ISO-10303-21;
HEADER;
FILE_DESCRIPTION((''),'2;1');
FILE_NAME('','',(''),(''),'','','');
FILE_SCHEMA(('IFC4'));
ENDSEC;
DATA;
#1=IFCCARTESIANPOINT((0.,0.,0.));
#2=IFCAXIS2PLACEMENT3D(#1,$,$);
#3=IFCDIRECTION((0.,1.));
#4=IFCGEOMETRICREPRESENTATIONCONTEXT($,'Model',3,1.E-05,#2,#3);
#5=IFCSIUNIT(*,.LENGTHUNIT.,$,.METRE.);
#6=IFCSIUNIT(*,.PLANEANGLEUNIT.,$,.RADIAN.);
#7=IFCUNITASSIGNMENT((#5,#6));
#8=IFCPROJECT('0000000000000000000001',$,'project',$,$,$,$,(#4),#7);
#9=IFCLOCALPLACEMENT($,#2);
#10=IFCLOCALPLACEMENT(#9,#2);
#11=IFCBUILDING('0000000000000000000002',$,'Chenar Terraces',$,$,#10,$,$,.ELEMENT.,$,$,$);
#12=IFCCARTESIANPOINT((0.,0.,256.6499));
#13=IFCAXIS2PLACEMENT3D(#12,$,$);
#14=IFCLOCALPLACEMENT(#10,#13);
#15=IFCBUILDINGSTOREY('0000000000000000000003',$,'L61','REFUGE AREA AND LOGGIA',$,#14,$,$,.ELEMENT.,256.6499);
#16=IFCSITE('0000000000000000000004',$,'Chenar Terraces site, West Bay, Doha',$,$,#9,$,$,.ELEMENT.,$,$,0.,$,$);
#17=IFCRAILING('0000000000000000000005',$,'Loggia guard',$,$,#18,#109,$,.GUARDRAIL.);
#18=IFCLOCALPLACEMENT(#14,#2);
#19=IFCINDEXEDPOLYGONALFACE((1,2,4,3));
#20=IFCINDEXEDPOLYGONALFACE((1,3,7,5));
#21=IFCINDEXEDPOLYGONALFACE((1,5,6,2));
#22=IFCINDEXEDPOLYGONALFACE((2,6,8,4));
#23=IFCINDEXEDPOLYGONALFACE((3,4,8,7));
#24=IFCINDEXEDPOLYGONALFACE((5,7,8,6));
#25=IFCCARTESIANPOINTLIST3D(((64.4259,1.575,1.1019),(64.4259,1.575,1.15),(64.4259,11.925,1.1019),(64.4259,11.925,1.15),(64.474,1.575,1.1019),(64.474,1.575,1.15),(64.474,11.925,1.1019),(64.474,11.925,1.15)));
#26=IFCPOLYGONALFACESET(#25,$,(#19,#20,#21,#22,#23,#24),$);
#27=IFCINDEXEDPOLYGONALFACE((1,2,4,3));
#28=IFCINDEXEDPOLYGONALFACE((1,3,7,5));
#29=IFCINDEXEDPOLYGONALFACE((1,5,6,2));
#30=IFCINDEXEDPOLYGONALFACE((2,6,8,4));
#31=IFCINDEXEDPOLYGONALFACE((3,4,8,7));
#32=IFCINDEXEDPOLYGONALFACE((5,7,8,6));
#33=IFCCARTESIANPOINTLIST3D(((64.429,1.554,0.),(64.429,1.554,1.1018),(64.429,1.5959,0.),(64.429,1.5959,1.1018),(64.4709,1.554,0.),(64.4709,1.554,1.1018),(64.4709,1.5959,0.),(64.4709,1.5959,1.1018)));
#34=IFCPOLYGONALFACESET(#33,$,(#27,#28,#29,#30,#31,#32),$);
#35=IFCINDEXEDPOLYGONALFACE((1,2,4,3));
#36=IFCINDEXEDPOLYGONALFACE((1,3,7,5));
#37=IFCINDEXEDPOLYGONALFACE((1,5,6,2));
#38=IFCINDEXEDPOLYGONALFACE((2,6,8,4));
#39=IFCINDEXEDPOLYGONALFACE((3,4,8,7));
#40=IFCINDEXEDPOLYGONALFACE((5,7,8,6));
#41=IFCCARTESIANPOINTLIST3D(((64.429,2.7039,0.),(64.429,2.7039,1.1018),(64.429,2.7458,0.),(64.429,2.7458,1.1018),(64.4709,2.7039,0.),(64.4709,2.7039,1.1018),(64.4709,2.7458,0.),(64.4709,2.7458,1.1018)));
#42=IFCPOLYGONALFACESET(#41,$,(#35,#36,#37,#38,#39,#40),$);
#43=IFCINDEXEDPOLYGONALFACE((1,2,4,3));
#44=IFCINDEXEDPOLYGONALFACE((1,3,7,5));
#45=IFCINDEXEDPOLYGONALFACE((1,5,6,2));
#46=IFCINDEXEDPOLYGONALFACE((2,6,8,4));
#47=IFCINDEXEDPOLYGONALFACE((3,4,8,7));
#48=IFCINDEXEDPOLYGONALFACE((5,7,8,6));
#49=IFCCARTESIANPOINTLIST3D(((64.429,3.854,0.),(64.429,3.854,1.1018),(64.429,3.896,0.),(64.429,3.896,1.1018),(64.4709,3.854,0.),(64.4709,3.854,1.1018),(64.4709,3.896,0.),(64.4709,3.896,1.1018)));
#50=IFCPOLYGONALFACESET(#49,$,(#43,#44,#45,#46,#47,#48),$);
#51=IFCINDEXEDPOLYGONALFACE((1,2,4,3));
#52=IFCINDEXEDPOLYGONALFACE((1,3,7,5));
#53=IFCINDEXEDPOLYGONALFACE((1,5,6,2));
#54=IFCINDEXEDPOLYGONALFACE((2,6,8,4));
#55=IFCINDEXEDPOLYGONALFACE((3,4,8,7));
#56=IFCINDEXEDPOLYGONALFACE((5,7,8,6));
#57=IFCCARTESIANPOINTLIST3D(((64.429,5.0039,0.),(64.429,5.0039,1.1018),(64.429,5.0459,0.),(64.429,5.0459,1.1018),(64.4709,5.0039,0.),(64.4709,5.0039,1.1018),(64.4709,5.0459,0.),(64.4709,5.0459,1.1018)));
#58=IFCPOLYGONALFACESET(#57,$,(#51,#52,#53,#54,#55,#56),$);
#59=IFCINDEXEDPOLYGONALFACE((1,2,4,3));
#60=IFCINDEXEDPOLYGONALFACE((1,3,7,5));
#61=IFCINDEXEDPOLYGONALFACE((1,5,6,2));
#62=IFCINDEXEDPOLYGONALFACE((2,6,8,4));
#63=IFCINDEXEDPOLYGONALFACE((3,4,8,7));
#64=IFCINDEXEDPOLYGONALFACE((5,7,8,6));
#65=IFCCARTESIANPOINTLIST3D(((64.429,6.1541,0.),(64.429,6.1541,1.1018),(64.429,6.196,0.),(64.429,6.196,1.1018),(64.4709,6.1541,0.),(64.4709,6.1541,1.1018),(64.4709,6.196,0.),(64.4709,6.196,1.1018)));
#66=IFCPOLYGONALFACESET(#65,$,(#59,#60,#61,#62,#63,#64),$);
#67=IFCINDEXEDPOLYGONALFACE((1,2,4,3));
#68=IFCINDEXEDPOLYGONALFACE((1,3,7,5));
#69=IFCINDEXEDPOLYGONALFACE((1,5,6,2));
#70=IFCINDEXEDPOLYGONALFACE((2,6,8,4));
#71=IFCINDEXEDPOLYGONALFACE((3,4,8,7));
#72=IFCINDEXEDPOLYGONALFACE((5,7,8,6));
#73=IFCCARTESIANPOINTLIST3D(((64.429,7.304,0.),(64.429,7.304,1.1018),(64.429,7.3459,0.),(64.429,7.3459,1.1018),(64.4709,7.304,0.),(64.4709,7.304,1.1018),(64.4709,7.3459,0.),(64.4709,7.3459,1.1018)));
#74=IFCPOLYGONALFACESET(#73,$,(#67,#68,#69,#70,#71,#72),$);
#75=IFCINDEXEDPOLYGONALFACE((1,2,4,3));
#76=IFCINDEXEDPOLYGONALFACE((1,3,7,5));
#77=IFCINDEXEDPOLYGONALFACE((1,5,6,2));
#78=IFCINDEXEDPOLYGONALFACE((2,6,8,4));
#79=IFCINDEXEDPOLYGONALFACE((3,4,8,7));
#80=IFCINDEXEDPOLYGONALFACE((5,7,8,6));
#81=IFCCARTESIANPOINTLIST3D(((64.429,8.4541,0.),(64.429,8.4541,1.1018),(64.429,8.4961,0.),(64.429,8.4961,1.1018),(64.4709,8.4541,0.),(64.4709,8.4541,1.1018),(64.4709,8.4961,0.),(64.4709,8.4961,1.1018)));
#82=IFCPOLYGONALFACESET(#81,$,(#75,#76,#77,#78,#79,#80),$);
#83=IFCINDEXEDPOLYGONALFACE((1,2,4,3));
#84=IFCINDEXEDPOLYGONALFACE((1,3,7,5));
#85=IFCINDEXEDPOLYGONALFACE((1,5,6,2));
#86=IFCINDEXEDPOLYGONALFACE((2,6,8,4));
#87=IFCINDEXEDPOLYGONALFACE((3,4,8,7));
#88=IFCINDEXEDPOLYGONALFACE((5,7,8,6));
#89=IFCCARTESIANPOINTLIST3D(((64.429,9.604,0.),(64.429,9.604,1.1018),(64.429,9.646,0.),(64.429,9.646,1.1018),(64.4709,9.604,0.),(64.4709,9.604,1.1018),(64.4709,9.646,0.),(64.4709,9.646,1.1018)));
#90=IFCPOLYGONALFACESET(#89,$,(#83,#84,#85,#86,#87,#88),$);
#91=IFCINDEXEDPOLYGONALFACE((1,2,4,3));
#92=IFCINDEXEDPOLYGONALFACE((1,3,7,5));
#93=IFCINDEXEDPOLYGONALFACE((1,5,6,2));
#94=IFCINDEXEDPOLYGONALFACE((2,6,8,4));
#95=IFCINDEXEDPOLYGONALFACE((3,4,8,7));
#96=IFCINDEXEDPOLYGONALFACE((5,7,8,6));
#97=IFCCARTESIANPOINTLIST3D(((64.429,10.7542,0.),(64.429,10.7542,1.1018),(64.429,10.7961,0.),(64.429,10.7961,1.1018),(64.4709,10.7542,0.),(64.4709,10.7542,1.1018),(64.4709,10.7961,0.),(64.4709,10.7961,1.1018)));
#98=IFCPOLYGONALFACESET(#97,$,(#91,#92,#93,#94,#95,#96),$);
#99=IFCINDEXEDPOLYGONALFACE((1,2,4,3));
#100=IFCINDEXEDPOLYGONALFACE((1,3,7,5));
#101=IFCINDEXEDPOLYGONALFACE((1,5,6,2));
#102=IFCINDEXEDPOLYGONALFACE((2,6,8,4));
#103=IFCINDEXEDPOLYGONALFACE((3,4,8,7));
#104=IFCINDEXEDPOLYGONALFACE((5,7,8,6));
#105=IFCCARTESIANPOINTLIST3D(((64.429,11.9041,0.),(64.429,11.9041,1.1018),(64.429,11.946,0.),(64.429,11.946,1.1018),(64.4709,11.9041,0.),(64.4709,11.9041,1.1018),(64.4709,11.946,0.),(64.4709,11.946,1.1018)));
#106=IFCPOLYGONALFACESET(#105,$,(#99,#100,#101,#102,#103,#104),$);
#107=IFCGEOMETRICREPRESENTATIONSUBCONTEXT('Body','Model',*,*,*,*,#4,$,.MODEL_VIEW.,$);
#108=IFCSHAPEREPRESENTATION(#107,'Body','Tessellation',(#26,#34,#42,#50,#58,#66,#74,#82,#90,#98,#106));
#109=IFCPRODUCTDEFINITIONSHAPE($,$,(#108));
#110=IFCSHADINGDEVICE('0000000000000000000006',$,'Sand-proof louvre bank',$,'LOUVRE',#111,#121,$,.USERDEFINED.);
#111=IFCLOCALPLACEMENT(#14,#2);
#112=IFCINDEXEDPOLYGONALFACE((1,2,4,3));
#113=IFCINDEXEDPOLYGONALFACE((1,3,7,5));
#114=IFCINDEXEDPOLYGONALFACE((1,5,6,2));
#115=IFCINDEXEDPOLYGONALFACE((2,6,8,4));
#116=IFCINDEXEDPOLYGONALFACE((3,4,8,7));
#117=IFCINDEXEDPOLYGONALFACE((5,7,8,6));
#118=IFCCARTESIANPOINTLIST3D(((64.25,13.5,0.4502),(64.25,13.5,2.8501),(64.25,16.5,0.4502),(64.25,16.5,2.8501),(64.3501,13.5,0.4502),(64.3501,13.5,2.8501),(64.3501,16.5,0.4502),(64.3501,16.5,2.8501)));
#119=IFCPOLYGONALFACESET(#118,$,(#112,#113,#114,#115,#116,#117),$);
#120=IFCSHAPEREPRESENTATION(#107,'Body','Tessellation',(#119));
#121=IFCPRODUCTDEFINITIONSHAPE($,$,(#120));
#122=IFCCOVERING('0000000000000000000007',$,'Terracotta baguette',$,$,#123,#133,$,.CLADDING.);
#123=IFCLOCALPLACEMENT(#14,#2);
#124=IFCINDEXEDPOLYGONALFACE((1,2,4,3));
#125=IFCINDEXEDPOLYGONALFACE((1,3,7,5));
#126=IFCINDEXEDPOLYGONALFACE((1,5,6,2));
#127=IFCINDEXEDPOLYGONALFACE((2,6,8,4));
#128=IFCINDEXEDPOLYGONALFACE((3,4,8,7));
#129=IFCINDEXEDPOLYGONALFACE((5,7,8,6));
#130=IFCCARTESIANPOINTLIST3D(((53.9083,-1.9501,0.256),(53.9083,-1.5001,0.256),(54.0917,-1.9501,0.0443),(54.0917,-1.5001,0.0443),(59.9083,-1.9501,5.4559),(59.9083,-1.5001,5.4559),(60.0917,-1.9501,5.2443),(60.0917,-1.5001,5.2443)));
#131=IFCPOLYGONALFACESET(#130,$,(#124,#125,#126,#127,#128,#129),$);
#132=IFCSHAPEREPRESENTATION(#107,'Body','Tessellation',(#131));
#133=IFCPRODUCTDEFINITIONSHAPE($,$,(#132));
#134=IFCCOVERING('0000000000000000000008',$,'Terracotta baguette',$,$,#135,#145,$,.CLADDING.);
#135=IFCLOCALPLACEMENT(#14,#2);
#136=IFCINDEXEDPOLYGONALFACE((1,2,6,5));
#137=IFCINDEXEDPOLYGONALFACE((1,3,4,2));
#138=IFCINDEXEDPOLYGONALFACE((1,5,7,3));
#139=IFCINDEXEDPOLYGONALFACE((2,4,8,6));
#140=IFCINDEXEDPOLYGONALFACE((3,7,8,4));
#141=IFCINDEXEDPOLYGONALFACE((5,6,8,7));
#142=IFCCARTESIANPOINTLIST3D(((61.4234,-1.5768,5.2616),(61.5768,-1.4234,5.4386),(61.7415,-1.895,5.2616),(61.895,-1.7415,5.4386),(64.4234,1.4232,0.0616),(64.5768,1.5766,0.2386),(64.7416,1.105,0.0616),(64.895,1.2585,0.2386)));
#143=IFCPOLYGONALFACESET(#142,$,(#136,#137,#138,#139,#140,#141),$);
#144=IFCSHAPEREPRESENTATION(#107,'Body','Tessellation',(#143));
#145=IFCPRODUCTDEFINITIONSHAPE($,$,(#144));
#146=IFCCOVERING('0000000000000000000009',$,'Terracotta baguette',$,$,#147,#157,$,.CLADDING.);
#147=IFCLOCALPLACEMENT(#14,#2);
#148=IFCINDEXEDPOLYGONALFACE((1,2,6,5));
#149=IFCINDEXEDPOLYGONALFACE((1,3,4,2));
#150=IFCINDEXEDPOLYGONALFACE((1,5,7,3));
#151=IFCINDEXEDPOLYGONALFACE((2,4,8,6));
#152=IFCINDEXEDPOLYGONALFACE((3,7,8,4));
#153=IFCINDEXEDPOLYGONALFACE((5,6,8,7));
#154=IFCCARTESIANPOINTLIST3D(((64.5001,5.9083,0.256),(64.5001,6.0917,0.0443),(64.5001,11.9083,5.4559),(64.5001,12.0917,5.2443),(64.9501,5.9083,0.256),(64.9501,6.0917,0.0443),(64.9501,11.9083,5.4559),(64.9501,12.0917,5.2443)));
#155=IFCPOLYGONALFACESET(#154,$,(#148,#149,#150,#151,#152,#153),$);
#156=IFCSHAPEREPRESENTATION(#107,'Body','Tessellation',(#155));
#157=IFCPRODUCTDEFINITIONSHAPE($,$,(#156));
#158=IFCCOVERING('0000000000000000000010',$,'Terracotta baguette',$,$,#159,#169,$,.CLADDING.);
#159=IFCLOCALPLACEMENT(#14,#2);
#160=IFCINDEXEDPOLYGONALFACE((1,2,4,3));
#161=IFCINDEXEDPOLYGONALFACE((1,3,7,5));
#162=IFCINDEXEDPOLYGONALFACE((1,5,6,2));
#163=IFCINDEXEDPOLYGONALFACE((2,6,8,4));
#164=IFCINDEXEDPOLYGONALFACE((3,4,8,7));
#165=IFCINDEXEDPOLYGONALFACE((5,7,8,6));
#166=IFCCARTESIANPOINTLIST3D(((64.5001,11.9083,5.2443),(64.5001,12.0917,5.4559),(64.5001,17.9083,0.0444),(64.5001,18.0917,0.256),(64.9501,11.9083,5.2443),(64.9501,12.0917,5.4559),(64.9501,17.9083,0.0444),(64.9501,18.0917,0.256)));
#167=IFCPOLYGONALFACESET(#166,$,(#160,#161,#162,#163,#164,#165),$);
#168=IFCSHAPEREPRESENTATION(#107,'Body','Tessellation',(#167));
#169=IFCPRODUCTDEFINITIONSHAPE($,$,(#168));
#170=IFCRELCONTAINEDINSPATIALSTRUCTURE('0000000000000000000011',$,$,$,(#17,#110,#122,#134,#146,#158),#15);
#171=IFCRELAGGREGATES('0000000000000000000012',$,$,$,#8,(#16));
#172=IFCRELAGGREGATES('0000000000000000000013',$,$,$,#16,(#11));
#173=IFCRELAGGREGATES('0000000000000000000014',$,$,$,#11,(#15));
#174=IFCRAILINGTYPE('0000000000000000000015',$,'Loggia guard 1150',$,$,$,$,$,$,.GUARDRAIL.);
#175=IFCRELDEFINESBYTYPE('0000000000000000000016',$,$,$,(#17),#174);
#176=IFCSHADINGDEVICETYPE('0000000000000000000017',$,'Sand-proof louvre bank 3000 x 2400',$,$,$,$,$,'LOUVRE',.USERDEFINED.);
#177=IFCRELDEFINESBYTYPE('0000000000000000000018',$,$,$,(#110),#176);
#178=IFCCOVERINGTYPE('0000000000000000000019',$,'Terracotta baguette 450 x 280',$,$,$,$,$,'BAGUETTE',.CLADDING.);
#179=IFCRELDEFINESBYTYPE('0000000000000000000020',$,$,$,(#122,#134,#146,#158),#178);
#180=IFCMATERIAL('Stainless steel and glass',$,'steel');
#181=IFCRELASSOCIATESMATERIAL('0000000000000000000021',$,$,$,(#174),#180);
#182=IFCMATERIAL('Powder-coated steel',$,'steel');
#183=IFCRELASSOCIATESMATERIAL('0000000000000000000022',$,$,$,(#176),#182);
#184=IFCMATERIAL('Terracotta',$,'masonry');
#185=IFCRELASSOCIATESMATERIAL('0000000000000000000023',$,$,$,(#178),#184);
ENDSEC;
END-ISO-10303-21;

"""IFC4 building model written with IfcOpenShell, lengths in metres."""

from ifc_helpers import new_model, si_unit, direction, frame, origin, origin_2d, place, context, subcontext, project, spatial, rectangle, extrude, material, material_profile, profile_set, type_object, element, save


model = new_model("IFC4")

# Units and contexts
model_context = context("Model", 3, precision=1e-05, world=origin(), true_north=direction((0.0, 1.0)))
body_context = subcontext(model_context, "Body", "Model", "MODEL_VIEW")
ifc_project = project(units=[si_unit("LENGTHUNIT", "METRE"), si_unit("PLANEANGLEUNIT", "RADIAN")], contexts=[model_context])

# Site, building, storey
site_placement = place(None, origin())
site = spatial("IfcSite", under=ifc_project, at=site_placement, Name="Chenar Terraces site, West Bay, Doha", CompositionType="ELEMENT", RefElevation=0.0)
building_placement = place(site_placement, origin())
building = spatial("IfcBuilding", under=site, at=building_placement, Name="Chenar Terraces", CompositionType="ELEMENT")
storey_placement = place(building_placement, frame((0.0, 0.0, 256.6499)))
storey = spatial("IfcBuildingStorey", under=building, at=storey_placement, Name="L61", Description="REFUGE AREA AND LOGGIA", CompositionType="ELEMENT", Elevation=256.6499)

# Railing
ifc_material_1 = material(Name="Stainless steel and glass", Category="steel")
railing_type = type_object("IfcRailingType", Name="Loggia guard 1150", PredefinedType="GUARDRAIL", material=ifc_material_1)
railing_placement = place(storey_placement, frame((64.45, 1.575, 0.0)))
element("IfcRailing", 1, at=railing_placement, inside=storey, type_object=railing_type, Name="Loggia guard", PredefinedType="GUARDRAIL", context=body_context, shape_type="SweptSolid", body=[
    extrude(rectangle(XDim=0.0481, YDim=0.0481, at=origin_2d()), frame((0.0, 0.0, 1.126), z_axis=(0.0, 1.0, 0.0), x_axis=(-1.0, 0.0, 0.0)), (0.0, 0.0, 1.0), 10.3501),
    extrude(rectangle(XDim=0.042, YDim=0.042, at=origin_2d()), origin(), (0.0, 0.0, 1.0), 1.1018),
    extrude(rectangle(XDim=0.042, YDim=0.042, at=origin_2d()), frame((0.0, 1.1499, 0.0)), (0.0, 0.0, 1.0), 1.1018),
    extrude(rectangle(XDim=0.042, YDim=0.042, at=origin_2d()), frame((0.0, 2.3, 0.0)), (0.0, 0.0, 1.0), 1.1018),
    extrude(rectangle(XDim=0.042, YDim=0.042, at=origin_2d()), frame((0.0, 3.45, 0.0)), (0.0, 0.0, 1.0), 1.1018),
    extrude(rectangle(XDim=0.042, YDim=0.042, at=origin_2d()), frame((0.0, 4.6001, 0.0)), (0.0, 0.0, 1.0), 1.1018),
    extrude(rectangle(XDim=0.042, YDim=0.042, at=origin_2d()), frame((0.0, 5.75, 0.0)), (0.0, 0.0, 1.0), 1.1018),
    extrude(rectangle(XDim=0.042, YDim=0.042, at=origin_2d()), frame((0.0, 6.9001, 0.0)), (0.0, 0.0, 1.0), 1.1018),
    extrude(rectangle(XDim=0.042, YDim=0.042, at=origin_2d()), frame((0.0, 8.05, 0.0)), (0.0, 0.0, 1.0), 1.1018),
    extrude(rectangle(XDim=0.042, YDim=0.042, at=origin_2d()), frame((0.0, 9.2002, 0.0)), (0.0, 0.0, 1.0), 1.1018),
    extrude(rectangle(XDim=0.042, YDim=0.042, at=origin_2d()), frame((0.0, 10.3501, 0.0)), (0.0, 0.0, 1.0), 1.1018),
])

# Shading device
ifc_material_2 = material(Name="Powder-coated steel", Category="steel")
shading_device_type = type_object("IfcShadingDeviceType", Name="Sand-proof louvre bank 3000 x 2400", ElementType="LOUVRE", PredefinedType="USERDEFINED", material=ifc_material_2)
shading_device_placement = place(storey_placement, frame((64.3, 15.0, 0.4502), z_axis=(0.0, 0.0, 1.0), x_axis=(0.0, 1.0, 0.0)))
element("IfcShadingDevice", 2, at=shading_device_placement, inside=storey, type_object=shading_device_type, Name="Sand-proof louvre bank", ObjectType="LOUVRE", PredefinedType="USERDEFINED", context=body_context, shape_type="SweptSolid", body=[
    extrude(rectangle(XDim=3.0, YDim=0.1001, at=origin_2d()), origin(), (0.0, 0.0, 1.0), 2.3999),
])

# Coverings
ifc_material_3 = material(Name="Terracotta", Category="masonry")
ifc_material_profile_1 = material_profile(ifc_material_3, rectangle(XDim=0.45, YDim=0.28, at=origin_2d()), Name="Terracotta baguette 450 x 280")
ifc_profile_set_1 = profile_set([ifc_material_profile_1], Name="Terracotta")
covering_type = type_object("IfcCoveringType", Name="Terracotta baguette 450 x 280", ElementType="BAGUETTE", PredefinedType="CLADDING", material=ifc_profile_set_1)
covering_1_placement = place(storey_placement, frame((54.0, -1.7251, 0.1501), z_axis=(0.755692, 0.0, 0.654927), x_axis=(0.0, 1.0, 0.0)))
element("IfcCovering", 3, at=covering_1_placement, inside=storey, type_object=covering_type, Name="Terracotta baguette", PredefinedType="CLADDING", context=body_context, shape_type="SweptSolid", body=[
    extrude(rectangle(XDim=0.45, YDim=0.28, at=origin_2d()), origin(), (0.0, 0.0, 1.0), 7.9397),
])
covering_2_placement = place(storey_placement, frame((61.6592, -1.6592, 5.3501), z_axis=(0.447017, 0.447017, -0.774823), x_axis=(-0.707107, 0.707107, 0.0)))
element("IfcCovering", 4, at=covering_2_placement, inside=storey, type_object=covering_type, Name="Terracotta baguette", PredefinedType="CLADDING", context=body_context, shape_type="SweptSolid", body=[
    extrude(rectangle(XDim=0.45, YDim=0.28, at=origin_2d()), origin(), (0.0, 0.0, 1.0), 6.7112),
])
for number, where, z_axis, x_axis, name in (
    (5, (64.7251, 6.0, 0.1501), (0.0, 0.755692, 0.654927), (-1.0, 0.0, 0.0), "Terracotta baguette"),
    (6, (64.7251, 12.0, 5.3501), (0.0, 0.755692, -0.654927), (-1.0, 0.0, 0.0), "Terracotta baguette"),
):
    element("IfcCovering", number, at=place(storey_placement, frame(where, z_axis=z_axis, x_axis=x_axis)), inside=storey, type_object=covering_type, Name=name, PredefinedType="CLADDING", context=body_context, shape_type="SweptSolid", body=[
        extrude(rectangle(XDim=0.45, YDim=0.28, at=origin_2d()), origin(), (0.0, 0.0, 1.0), 7.9397),
    ])

save(model, "model.ifc")
